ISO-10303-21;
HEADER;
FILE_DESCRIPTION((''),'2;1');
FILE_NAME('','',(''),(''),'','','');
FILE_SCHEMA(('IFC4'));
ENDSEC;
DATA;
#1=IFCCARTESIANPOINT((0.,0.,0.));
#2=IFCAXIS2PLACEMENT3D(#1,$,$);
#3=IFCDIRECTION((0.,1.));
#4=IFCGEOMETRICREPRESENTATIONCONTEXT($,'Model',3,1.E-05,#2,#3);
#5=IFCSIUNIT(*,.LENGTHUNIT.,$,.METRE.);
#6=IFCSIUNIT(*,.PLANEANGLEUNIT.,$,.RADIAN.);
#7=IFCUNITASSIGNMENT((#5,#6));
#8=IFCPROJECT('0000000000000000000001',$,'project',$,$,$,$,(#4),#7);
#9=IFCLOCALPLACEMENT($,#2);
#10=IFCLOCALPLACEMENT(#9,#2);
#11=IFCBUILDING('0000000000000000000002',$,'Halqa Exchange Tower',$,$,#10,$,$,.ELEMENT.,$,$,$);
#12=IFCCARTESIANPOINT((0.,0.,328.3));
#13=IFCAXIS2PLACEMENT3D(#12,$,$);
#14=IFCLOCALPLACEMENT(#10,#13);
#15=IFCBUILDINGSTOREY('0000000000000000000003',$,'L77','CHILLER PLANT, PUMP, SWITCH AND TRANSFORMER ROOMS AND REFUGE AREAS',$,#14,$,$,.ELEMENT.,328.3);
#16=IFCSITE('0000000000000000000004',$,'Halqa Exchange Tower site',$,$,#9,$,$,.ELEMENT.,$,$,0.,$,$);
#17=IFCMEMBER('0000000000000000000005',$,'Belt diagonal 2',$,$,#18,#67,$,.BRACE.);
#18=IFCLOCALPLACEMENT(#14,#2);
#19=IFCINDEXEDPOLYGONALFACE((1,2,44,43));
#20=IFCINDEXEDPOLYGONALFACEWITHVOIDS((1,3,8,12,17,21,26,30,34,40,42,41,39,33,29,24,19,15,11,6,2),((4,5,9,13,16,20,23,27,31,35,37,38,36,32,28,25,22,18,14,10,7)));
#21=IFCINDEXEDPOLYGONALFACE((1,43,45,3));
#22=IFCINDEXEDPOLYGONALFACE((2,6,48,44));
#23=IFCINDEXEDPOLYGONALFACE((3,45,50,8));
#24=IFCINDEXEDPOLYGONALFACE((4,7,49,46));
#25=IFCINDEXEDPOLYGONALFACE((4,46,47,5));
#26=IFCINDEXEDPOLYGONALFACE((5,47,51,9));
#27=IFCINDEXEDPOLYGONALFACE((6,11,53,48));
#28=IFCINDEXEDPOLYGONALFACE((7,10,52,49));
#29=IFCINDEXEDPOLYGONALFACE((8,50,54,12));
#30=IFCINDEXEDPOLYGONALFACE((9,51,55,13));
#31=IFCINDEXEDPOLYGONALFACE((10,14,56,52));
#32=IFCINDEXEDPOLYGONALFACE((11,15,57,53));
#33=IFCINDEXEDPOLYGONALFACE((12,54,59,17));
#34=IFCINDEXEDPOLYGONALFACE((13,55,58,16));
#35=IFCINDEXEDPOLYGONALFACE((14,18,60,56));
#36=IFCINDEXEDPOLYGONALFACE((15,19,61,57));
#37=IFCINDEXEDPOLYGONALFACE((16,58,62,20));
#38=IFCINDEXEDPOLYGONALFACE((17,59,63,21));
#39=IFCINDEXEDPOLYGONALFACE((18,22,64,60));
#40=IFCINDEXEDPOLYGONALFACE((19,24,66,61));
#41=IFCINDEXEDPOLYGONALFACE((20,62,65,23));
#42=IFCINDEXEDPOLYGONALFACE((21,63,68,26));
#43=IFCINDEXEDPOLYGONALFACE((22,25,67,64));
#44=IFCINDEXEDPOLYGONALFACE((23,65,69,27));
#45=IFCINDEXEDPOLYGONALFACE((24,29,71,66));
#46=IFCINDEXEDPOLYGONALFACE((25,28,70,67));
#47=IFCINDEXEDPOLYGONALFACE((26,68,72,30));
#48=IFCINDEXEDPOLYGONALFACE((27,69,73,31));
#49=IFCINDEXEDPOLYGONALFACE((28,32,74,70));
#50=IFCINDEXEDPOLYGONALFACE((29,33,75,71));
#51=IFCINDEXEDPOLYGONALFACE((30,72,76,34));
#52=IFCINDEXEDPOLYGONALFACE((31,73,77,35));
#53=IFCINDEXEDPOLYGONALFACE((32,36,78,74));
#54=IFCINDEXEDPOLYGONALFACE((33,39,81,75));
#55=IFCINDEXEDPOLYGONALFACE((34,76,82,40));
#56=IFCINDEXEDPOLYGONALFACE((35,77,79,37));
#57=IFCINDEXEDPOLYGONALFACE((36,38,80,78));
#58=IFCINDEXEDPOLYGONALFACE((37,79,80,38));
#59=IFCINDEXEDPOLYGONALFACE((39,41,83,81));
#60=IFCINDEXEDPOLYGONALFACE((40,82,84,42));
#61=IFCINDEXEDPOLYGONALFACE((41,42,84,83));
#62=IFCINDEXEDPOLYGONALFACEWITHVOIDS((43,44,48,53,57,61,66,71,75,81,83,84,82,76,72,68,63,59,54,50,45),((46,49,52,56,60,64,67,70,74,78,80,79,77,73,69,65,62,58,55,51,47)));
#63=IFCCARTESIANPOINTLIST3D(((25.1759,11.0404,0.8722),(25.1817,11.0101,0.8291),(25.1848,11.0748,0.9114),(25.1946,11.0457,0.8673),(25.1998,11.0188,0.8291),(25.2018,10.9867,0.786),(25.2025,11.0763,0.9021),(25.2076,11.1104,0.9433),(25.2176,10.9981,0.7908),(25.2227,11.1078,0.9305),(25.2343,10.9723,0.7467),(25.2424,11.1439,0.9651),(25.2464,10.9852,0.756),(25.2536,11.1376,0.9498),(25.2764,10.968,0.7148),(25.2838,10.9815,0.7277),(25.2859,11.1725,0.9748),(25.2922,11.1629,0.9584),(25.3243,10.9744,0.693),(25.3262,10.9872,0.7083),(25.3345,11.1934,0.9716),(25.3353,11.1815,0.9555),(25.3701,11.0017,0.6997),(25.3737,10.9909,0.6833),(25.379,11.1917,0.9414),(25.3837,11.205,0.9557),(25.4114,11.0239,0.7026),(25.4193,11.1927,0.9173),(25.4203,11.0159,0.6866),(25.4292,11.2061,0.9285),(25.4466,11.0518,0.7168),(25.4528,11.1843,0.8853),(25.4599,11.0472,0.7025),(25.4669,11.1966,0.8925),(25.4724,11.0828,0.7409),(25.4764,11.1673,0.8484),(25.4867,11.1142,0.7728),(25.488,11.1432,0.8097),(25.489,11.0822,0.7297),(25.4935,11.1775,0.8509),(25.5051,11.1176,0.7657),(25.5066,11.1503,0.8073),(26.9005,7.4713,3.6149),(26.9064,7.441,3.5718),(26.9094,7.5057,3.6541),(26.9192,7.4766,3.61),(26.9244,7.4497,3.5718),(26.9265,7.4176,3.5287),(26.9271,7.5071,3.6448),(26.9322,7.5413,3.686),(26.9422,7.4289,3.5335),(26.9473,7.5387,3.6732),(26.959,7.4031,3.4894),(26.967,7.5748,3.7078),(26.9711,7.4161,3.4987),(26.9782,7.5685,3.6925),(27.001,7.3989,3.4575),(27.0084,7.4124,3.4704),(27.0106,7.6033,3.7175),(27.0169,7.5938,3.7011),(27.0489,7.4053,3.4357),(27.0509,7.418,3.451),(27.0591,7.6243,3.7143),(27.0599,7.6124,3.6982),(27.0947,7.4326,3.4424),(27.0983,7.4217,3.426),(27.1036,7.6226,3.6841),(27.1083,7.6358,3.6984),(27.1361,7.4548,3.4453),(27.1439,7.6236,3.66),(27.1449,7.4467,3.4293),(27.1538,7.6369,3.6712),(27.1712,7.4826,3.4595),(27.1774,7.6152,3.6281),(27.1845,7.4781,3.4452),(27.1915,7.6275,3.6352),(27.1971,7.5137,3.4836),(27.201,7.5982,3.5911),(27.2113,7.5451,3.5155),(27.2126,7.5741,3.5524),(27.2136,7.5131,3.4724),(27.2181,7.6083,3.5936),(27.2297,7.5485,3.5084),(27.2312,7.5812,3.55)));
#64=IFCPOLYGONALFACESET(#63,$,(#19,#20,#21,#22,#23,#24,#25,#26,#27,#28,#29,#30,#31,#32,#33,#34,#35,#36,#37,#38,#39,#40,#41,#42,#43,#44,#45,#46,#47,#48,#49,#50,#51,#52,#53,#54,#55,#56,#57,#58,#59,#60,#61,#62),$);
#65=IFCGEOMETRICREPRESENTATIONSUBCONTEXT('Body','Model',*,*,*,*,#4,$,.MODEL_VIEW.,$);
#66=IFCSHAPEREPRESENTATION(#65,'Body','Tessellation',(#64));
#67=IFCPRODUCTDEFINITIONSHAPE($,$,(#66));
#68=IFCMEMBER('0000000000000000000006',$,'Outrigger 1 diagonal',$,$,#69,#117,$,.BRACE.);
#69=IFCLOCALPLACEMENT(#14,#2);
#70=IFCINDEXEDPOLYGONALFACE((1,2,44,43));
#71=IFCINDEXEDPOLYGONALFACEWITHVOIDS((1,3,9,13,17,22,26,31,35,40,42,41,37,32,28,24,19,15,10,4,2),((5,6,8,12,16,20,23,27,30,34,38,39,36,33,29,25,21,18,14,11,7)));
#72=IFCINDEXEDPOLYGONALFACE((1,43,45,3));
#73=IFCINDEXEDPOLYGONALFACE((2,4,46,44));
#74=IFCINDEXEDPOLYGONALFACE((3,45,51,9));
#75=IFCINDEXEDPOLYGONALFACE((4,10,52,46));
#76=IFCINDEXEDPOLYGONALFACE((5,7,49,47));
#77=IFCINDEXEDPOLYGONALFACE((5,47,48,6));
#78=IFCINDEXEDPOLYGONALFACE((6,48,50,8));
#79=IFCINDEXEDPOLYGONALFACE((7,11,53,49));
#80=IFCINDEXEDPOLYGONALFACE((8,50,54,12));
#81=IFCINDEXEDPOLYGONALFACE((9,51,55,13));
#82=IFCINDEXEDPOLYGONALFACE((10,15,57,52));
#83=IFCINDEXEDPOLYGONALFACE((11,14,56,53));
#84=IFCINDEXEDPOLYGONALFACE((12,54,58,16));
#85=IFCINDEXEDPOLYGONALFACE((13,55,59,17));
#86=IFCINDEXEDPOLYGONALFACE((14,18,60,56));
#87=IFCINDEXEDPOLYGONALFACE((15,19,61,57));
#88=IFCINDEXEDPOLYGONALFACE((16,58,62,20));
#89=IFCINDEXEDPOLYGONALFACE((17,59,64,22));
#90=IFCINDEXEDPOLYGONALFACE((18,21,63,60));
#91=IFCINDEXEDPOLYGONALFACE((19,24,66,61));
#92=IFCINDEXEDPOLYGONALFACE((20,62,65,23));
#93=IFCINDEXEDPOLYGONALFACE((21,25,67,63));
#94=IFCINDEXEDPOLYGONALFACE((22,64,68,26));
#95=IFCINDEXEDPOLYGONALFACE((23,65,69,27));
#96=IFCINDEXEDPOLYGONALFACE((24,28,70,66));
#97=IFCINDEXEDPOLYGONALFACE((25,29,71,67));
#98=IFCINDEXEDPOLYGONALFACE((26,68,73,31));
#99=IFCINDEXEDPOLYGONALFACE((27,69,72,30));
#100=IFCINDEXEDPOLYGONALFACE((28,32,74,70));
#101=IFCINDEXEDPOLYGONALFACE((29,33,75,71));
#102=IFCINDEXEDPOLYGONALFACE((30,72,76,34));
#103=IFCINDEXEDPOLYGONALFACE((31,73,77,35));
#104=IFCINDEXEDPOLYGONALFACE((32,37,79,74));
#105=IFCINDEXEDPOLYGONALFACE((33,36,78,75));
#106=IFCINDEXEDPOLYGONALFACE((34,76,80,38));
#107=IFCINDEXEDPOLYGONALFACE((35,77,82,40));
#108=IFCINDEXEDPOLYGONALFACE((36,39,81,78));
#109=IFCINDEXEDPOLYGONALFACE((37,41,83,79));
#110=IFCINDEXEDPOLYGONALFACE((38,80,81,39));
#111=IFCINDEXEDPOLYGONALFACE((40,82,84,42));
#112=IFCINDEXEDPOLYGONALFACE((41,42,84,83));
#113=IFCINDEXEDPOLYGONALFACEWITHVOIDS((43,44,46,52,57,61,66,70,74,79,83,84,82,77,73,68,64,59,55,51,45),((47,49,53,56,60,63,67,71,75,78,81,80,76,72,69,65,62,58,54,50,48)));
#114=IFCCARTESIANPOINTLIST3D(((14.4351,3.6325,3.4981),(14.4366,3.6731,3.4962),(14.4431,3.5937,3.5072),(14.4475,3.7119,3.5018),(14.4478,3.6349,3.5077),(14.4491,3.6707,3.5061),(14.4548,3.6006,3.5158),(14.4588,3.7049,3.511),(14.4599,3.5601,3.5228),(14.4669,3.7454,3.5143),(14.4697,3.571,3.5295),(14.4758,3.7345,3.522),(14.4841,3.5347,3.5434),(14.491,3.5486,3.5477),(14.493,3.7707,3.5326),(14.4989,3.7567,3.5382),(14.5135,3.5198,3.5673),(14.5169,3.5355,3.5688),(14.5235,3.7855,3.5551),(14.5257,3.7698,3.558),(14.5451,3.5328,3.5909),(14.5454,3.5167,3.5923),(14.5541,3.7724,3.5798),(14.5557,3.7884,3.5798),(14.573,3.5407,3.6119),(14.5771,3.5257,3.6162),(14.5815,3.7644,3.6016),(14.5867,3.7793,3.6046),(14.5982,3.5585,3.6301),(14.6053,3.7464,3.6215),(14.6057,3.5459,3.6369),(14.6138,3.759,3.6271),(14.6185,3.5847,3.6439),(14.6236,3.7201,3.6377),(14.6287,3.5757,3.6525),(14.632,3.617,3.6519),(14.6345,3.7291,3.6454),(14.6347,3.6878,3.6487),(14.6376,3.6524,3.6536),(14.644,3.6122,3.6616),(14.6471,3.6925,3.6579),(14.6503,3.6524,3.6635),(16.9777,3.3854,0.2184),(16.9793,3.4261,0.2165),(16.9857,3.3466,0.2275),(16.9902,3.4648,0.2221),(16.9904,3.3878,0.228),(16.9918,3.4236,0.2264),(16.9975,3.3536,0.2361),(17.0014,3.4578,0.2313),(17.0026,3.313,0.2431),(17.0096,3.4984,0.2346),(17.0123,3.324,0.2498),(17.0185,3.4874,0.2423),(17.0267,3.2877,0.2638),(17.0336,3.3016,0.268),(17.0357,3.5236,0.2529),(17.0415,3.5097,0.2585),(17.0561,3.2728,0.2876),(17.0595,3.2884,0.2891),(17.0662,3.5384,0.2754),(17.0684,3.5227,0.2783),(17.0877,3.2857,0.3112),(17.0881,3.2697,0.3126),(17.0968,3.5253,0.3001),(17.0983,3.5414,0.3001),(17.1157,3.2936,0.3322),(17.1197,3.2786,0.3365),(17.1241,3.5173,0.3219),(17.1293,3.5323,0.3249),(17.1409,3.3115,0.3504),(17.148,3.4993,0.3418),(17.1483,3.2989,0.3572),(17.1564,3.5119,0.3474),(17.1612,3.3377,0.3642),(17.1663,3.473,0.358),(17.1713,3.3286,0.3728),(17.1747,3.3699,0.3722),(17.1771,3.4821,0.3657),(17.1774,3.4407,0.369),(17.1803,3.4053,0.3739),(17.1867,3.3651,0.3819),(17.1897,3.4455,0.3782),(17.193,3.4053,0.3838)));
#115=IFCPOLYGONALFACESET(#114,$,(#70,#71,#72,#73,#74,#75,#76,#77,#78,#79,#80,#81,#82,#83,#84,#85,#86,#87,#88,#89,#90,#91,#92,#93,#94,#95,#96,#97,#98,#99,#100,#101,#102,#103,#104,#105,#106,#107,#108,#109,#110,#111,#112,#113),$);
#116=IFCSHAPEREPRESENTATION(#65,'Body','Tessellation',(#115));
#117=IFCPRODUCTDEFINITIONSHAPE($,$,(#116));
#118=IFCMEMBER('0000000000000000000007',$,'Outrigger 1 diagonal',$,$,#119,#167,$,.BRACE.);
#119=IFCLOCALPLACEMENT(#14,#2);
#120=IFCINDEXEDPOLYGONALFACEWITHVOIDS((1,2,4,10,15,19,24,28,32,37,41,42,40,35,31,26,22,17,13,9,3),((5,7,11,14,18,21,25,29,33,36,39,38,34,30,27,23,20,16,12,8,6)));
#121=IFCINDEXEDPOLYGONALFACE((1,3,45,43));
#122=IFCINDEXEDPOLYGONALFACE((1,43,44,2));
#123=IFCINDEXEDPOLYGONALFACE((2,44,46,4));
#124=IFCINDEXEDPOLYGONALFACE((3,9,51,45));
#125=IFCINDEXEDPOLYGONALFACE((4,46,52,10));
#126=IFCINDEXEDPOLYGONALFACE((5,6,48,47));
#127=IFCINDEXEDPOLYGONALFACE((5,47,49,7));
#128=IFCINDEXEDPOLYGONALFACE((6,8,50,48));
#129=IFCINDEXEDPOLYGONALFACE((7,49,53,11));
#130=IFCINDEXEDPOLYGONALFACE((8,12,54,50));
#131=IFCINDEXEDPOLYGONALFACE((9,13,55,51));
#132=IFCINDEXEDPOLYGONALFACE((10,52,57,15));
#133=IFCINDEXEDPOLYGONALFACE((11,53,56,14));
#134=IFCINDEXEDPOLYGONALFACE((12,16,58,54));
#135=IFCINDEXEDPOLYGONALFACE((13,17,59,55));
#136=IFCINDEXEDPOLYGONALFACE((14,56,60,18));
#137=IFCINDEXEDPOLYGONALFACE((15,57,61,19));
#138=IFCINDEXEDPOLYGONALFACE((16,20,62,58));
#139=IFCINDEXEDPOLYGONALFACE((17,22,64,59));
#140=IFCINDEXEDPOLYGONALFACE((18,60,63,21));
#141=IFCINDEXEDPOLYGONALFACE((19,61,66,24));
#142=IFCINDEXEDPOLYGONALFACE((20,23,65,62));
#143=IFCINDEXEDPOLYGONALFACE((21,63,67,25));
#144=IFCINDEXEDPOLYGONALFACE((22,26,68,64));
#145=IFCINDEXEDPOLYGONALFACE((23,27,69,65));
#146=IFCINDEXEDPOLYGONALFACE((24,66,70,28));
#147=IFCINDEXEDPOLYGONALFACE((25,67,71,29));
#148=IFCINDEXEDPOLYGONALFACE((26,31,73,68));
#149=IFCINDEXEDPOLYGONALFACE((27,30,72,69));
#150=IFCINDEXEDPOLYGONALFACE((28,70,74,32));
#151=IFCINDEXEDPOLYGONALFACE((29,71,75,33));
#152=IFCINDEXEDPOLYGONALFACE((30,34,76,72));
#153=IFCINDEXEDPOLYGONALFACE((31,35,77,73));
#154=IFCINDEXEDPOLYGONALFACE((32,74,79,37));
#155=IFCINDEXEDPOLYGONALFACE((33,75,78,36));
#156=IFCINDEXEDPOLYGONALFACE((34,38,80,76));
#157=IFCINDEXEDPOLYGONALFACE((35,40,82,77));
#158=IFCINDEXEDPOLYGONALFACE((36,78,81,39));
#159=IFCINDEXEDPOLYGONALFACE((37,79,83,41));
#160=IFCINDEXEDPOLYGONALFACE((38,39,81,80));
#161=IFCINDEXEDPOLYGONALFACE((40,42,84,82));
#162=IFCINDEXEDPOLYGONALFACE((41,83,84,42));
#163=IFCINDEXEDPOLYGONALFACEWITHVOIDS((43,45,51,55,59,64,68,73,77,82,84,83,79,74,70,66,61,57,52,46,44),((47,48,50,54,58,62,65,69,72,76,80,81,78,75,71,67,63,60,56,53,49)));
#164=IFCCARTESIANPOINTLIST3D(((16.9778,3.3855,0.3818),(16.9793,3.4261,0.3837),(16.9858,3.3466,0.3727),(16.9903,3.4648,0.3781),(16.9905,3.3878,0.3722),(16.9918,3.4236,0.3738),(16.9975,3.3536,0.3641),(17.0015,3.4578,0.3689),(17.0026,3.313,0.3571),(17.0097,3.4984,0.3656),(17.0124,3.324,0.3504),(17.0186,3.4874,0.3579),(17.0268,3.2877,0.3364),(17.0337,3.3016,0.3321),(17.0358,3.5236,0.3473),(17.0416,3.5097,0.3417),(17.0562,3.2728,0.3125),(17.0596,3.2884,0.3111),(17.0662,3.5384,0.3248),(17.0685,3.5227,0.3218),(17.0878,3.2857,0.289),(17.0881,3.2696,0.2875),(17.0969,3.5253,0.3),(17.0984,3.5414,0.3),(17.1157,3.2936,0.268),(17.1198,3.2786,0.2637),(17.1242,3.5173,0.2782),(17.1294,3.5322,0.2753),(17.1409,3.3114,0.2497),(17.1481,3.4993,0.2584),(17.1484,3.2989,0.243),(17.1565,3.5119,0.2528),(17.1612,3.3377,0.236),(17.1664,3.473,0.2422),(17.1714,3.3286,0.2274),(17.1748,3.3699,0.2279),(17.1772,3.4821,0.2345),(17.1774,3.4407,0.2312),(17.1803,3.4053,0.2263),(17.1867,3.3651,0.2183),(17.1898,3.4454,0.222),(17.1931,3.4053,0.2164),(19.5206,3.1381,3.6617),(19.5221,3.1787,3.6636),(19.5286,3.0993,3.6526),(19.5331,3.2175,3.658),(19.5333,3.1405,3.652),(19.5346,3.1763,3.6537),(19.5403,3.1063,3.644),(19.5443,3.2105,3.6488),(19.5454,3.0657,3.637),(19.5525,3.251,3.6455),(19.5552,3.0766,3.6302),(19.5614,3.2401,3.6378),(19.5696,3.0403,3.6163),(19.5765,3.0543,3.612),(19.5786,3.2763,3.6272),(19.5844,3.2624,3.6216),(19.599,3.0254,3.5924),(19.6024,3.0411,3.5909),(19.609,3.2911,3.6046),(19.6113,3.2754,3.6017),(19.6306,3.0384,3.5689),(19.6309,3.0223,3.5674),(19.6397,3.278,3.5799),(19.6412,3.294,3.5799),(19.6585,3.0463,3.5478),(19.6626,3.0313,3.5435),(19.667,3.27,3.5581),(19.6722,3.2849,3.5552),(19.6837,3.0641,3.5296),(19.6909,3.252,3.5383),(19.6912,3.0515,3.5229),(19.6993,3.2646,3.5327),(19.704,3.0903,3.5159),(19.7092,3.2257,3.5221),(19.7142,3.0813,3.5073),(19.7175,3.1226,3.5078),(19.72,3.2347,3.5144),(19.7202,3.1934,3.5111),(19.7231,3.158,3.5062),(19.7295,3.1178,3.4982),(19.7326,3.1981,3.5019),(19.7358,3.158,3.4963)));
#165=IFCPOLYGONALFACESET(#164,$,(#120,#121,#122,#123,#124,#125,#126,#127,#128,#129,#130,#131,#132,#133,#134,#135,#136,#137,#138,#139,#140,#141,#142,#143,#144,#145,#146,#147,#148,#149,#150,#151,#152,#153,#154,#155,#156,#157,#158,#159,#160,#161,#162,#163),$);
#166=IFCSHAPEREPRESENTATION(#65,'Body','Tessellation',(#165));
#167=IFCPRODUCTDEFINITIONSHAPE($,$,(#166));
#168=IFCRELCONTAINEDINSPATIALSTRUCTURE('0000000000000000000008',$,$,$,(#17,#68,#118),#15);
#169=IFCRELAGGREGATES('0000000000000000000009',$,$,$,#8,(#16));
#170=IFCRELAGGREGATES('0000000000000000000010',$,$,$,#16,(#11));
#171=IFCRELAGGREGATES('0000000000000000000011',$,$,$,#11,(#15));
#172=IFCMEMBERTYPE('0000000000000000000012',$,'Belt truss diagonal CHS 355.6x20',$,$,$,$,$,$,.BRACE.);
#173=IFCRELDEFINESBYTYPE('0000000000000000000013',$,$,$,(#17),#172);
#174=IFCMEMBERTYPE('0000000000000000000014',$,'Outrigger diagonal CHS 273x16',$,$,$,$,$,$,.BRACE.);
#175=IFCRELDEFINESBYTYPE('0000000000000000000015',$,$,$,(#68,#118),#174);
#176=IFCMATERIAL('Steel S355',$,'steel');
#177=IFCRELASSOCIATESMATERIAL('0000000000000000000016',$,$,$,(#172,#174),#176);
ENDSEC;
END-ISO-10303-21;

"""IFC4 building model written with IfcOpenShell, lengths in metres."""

from ifc_helpers import new_model, si_unit, direction, frame, origin, origin_2d, place, context, subcontext, project, spatial, hollow_circle, extrude, material, material_profile, profile_set, type_object, element, save


model = new_model("IFC4")

# Units and contexts
model_context = context("Model", 3, precision=1e-05, world=origin(), true_north=direction((0.0, 1.0)))
body_context = subcontext(model_context, "Body", "Model", "MODEL_VIEW")
ifc_project = project(units=[si_unit("LENGTHUNIT", "METRE"), si_unit("PLANEANGLEUNIT", "RADIAN")], contexts=[model_context])

# Site, building, storey
site_placement = place(None, origin())
site = spatial("IfcSite", under=ifc_project, at=site_placement, Name="Halqa Exchange Tower site", CompositionType="ELEMENT", RefElevation=0.0)
building_placement = place(site_placement, origin())
building = spatial("IfcBuilding", under=site, at=building_placement, Name="Halqa Exchange Tower", CompositionType="ELEMENT")
storey_placement = place(building_placement, frame((0.0, 0.0, 328.3)))
storey = spatial("IfcBuildingStorey", under=building, at=storey_placement, Name="L77", Description="CHILLER PLANT, PUMP, SWITCH AND TRANSFORMER ROOMS AND REFUGE AREAS", CompositionType="ELEMENT", Elevation=328.3)

# Members
ifc_material_1 = material(Name="Steel S355", Category="steel")
ifc_material_profile_1 = material_profile(ifc_material_1, hollow_circle(Radius=0.1777, WallThickness=0.02, at=origin_2d()), Name="CHS 355.6x20")
ifc_profile_set_1 = profile_set([ifc_material_profile_1], Name="Steel S355")
member_type_1 = type_object("IfcMemberType", Name="Belt truss diagonal CHS 355.6x20", PredefinedType="BRACE", material=ifc_profile_set_1)
member_1_placement = place(storey_placement, frame((27.0664, 7.5183, 3.5718), z_axis=(-0.357783, 0.740435, -0.568988), x_axis=(-0.900394, -0.435076, 0.0)))
element("IfcMember", 1, at=member_1_placement, inside=storey, type_object=member_type_1, Name="Belt diagonal 2", PredefinedType="BRACE", context=body_context, shape_type="SweptSolid", body=[
    extrude(hollow_circle(Radius=0.1777, WallThickness=0.02, at=origin_2d()), origin(), (0.0, 0.0, 1.0), 4.8203),
])
ifc_material_profile_2 = material_profile(ifc_material_1, hollow_circle(Radius=0.1365, WallThickness=0.0161, at=origin_2d()), Name="CHS 273x16")
ifc_profile_set_2 = profile_set([ifc_material_profile_2], Name="Steel S355")
member_type_2 = type_object("IfcMemberType", Name="Outrigger diagonal CHS 273x16", PredefinedType="BRACE", material=ifc_profile_set_2)
member_2_placement = place(storey_placement, frame((14.5425, 3.6526, 3.5798), z_axis=(0.611623, -0.05943, -0.788914), x_axis=(0.096712, 0.995312, 0.0)))
element("IfcMember", 2, at=member_2_placement, inside=storey, type_object=member_type_2, Name="Outrigger 1 diagonal", PredefinedType="BRACE", context=body_context, shape_type="SweptSolid", body=[
    extrude(hollow_circle(Radius=0.1365, WallThickness=0.0161, at=origin_2d()), origin(), (0.0, 0.0, 1.0), 4.1572),
])
member_3_placement = place(storey_placement, frame((17.0852, 3.4055, 0.3), z_axis=(0.611621, -0.059488, 0.788911), x_axis=(0.096807, 0.995303, 0.0)))
element("IfcMember", 3, at=member_3_placement, inside=storey, type_object=member_type_2, Name="Outrigger 1 diagonal", PredefinedType="BRACE", context=body_context, shape_type="SweptSolid", body=[
    extrude(hollow_circle(Radius=0.1365, WallThickness=0.0161, at=origin_2d()), origin(), (0.0, 0.0, 1.0), 4.1575),
])

save(model, "model.ifc")
